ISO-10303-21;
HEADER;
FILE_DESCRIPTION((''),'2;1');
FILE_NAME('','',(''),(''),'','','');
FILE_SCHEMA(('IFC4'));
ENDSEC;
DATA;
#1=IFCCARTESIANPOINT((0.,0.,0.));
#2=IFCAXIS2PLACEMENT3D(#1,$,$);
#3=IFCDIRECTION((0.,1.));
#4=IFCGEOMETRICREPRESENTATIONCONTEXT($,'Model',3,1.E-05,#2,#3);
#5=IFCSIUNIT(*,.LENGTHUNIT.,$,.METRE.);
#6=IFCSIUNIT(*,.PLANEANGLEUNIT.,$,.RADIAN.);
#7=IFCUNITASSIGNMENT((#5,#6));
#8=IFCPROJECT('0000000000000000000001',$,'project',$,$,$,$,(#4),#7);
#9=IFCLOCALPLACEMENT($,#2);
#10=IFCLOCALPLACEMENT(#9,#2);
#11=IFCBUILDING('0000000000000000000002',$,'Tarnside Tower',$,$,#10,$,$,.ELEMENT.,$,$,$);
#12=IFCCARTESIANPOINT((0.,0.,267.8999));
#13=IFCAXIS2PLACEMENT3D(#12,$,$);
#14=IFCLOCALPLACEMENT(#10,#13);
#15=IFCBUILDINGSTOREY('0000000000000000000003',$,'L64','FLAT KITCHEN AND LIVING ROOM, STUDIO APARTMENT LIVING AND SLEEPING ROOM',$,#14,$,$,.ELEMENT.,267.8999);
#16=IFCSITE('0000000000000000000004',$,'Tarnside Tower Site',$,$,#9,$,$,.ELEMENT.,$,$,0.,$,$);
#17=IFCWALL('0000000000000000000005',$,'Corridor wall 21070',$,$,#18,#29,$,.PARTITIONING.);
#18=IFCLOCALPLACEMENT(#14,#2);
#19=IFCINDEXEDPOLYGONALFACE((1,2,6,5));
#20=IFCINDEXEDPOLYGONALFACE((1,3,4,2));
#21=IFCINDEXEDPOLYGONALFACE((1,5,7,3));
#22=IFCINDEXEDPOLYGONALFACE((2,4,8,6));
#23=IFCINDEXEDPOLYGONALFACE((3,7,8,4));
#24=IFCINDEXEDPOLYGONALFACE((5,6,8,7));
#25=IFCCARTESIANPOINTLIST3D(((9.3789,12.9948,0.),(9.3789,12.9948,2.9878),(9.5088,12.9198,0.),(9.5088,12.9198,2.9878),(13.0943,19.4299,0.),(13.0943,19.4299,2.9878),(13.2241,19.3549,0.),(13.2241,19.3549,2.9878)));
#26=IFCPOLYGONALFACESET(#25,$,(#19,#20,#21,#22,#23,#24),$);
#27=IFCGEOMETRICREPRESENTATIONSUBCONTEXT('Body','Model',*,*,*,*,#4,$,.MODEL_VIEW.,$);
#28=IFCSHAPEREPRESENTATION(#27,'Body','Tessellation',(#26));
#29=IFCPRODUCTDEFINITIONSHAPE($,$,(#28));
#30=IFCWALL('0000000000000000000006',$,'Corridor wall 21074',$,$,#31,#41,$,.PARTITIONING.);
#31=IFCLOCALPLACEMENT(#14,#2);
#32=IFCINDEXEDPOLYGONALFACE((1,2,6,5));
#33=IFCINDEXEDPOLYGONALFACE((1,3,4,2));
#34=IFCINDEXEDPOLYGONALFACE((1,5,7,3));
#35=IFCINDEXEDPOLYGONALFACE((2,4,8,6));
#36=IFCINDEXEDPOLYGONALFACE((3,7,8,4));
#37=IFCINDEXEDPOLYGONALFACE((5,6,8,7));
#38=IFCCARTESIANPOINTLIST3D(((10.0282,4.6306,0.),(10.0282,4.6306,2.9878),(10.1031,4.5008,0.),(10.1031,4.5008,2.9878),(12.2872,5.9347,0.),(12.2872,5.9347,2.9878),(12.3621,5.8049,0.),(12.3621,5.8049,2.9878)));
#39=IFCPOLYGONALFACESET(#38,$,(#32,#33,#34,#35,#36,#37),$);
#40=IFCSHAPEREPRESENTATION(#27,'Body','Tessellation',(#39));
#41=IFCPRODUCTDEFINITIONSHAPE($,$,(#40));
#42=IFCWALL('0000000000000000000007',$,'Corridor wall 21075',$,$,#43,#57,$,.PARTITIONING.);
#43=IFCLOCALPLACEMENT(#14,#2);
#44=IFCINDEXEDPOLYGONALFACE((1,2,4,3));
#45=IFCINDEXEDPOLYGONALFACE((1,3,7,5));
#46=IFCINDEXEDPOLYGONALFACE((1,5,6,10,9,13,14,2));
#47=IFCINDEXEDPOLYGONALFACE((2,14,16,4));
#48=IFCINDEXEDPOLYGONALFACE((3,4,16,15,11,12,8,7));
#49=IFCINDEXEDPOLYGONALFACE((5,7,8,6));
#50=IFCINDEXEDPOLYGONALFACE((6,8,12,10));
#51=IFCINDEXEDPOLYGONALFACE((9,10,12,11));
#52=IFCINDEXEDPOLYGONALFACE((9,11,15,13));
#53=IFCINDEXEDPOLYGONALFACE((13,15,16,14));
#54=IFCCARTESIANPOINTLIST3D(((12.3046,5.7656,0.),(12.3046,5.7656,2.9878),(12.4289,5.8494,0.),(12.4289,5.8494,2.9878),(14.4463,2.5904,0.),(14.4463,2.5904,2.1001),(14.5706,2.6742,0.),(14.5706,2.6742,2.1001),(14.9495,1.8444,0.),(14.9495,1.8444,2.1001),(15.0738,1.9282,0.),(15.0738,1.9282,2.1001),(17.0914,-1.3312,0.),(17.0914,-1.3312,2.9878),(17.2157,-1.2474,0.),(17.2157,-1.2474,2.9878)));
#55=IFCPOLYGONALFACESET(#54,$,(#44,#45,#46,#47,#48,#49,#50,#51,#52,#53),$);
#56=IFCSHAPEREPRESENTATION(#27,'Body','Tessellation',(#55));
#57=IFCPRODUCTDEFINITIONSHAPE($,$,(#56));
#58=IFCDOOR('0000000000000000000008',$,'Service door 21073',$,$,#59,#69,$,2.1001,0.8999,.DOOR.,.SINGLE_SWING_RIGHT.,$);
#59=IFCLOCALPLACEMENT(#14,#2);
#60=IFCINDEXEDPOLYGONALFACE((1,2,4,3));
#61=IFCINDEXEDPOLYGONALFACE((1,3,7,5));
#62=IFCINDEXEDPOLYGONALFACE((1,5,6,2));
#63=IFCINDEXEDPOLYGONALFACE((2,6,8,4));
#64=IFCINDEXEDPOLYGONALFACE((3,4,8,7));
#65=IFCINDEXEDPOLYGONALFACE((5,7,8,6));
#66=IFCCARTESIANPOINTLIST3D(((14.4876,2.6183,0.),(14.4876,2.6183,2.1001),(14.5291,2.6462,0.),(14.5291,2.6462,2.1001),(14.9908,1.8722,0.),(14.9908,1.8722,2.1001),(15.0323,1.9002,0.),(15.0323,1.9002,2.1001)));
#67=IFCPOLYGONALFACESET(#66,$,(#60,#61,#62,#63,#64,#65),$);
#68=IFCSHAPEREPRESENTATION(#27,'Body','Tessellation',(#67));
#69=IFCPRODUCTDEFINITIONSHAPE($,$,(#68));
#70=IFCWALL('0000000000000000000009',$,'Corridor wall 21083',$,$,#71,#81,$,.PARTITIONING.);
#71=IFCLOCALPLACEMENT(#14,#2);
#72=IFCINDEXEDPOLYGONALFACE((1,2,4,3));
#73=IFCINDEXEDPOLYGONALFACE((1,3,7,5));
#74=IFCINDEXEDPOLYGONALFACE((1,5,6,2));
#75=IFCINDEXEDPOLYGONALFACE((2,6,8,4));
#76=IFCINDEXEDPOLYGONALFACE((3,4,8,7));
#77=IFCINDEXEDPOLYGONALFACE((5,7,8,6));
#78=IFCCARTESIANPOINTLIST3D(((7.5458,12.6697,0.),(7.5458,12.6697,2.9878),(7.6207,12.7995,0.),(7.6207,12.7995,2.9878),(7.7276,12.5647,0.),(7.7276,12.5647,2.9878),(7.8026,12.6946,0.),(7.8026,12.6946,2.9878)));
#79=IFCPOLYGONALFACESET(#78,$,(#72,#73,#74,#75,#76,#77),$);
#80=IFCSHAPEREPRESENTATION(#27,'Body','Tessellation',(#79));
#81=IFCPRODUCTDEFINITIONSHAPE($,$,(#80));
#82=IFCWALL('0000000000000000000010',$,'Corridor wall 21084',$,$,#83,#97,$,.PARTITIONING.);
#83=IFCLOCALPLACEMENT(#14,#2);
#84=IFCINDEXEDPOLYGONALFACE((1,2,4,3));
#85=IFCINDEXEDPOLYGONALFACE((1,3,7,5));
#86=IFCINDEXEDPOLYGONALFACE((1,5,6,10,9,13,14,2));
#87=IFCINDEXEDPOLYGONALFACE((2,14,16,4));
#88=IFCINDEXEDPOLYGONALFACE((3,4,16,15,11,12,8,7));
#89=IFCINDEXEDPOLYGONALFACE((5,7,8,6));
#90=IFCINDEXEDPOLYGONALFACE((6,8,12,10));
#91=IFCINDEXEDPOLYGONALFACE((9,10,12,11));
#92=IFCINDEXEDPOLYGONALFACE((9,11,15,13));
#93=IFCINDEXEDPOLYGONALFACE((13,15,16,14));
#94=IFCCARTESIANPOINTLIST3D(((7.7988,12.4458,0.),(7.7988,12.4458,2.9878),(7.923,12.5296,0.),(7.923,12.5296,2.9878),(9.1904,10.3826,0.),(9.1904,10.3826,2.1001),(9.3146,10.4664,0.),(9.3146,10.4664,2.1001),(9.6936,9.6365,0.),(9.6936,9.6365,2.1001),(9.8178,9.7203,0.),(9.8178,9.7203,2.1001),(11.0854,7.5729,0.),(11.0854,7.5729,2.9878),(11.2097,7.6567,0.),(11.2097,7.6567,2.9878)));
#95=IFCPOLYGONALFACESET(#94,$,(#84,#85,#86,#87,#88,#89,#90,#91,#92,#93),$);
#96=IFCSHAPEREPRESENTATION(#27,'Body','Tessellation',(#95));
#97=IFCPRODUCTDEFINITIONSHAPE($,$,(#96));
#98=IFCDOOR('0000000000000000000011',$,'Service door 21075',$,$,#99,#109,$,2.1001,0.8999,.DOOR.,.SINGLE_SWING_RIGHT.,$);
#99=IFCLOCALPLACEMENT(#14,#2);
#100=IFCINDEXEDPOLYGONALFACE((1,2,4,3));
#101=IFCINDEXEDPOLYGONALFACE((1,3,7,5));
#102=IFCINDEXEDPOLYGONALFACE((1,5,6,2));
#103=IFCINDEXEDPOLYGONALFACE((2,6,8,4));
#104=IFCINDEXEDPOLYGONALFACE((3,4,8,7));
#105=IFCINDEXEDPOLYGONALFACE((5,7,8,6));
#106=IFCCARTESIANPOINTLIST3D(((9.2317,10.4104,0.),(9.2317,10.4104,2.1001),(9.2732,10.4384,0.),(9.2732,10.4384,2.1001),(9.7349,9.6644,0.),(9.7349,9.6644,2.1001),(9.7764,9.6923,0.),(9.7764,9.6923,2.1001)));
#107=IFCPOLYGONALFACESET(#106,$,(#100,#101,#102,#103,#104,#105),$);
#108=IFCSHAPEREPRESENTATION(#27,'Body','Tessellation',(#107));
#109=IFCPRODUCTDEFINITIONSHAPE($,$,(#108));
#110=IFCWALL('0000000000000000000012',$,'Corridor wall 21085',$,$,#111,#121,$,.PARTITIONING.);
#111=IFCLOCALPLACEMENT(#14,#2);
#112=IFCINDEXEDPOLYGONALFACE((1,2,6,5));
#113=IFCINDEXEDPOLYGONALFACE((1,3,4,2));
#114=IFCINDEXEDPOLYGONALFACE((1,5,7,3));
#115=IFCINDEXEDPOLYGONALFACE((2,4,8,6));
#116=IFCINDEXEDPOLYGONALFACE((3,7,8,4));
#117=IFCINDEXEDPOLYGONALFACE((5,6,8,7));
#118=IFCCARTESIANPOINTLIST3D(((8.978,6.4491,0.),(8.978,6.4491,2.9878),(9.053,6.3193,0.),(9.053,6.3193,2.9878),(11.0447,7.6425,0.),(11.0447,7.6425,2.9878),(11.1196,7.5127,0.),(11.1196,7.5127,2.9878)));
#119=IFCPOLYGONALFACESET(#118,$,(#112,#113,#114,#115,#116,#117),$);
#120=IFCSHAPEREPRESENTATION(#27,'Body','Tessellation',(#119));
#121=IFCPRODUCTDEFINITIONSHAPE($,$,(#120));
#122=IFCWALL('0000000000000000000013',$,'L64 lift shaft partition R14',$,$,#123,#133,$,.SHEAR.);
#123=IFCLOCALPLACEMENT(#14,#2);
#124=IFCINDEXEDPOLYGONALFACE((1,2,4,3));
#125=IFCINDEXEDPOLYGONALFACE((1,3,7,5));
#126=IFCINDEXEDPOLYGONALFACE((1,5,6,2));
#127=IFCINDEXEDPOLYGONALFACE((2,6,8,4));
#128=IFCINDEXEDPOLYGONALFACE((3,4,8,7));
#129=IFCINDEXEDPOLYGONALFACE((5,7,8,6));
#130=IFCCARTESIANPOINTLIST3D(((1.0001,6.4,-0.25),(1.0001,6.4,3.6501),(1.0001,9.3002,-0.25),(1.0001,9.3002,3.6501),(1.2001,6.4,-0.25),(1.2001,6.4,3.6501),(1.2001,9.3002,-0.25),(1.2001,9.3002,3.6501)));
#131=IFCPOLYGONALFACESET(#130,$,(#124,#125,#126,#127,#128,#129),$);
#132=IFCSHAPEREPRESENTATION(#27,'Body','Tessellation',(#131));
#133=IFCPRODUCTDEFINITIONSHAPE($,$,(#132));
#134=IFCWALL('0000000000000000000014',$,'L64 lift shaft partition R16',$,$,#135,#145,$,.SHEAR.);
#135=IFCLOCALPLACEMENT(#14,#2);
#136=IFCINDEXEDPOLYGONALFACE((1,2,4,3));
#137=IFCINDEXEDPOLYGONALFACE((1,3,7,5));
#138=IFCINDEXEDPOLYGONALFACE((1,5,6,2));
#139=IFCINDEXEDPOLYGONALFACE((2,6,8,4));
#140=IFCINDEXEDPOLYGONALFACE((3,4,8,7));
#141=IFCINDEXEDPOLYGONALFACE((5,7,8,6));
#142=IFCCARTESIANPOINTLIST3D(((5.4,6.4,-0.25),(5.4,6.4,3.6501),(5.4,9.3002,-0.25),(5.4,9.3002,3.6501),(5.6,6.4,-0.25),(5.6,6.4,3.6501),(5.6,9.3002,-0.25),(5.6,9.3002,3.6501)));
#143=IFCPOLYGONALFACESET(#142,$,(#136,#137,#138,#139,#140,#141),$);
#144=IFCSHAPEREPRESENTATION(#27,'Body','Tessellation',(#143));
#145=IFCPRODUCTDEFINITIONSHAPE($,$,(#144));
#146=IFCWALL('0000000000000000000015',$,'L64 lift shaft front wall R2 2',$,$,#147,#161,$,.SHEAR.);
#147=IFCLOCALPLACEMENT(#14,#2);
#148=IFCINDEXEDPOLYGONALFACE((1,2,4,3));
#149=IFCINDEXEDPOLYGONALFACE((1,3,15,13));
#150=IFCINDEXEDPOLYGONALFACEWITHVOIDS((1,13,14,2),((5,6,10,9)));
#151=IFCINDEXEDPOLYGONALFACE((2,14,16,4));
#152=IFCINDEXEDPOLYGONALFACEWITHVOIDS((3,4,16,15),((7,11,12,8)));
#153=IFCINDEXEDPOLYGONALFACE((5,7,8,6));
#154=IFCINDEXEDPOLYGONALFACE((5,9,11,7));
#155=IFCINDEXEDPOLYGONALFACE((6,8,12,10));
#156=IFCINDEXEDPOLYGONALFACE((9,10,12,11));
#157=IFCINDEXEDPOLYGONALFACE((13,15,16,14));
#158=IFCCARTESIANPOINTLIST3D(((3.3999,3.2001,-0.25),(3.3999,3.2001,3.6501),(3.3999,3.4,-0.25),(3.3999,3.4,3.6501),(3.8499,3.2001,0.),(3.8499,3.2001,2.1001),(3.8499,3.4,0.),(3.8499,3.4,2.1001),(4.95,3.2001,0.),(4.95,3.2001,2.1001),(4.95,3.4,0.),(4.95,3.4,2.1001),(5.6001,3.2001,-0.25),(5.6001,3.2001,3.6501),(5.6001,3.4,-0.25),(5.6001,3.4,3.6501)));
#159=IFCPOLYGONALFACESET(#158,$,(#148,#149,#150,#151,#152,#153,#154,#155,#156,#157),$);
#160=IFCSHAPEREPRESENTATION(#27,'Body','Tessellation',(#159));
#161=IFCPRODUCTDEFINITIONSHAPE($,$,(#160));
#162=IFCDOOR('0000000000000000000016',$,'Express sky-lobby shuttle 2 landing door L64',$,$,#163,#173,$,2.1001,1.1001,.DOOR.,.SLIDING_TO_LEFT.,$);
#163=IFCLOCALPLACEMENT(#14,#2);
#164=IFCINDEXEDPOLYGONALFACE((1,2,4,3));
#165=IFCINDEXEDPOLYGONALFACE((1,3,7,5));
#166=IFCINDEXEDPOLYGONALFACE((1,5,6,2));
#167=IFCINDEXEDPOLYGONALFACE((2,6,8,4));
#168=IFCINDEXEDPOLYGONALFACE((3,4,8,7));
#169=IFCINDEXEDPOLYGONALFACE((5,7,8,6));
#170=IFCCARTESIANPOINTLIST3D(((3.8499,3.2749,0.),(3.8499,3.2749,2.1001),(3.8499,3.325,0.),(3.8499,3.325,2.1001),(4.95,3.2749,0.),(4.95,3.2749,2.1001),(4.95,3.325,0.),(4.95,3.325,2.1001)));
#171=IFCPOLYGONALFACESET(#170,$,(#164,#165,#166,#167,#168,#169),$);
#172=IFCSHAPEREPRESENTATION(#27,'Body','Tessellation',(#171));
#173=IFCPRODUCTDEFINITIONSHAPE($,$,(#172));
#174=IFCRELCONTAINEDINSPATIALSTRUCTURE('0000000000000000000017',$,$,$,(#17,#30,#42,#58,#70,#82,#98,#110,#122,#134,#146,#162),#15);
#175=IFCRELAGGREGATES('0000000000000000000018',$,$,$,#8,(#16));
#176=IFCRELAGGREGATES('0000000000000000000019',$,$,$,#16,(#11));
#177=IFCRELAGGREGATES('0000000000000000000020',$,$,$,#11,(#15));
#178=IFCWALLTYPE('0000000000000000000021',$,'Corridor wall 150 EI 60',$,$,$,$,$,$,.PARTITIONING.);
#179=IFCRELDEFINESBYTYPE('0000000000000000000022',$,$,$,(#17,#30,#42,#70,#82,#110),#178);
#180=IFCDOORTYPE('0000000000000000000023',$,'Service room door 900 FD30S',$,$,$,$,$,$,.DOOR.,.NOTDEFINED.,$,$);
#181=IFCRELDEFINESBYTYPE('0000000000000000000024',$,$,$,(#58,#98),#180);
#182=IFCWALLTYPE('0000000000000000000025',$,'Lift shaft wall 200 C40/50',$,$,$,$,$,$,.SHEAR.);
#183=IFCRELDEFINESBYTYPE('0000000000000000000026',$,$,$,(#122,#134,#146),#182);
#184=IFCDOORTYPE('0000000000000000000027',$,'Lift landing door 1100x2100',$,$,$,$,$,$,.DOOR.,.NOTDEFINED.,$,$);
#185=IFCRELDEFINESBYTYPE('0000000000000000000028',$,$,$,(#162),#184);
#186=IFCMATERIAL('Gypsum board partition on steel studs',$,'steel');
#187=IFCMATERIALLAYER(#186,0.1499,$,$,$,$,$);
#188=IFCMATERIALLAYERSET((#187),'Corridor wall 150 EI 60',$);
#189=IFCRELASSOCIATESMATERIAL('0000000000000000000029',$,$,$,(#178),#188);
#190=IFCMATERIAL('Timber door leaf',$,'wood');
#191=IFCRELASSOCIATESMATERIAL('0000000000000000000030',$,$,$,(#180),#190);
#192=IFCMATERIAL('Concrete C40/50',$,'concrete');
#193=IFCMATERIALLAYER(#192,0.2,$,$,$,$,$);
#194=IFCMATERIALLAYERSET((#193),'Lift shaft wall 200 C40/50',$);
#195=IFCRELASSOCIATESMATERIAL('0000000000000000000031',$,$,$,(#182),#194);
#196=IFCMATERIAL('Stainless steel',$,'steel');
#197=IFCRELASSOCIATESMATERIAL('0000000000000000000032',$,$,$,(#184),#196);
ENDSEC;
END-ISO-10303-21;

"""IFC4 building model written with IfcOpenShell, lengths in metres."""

from ifc_helpers import new_model, si_unit, direction, frame, frame_2d, origin, place, context, subcontext, project, spatial, rectangle, extrude, material, layer, layer_set, type_object, element, fill, save


model = new_model("IFC4")

# Units and contexts
model_context = context("Model", 3, precision=1e-05, world=origin(), true_north=direction((0.0, 1.0)))
body_context = subcontext(model_context, "Body", "Model", "MODEL_VIEW")
ifc_project = project(units=[si_unit("LENGTHUNIT", "METRE"), si_unit("PLANEANGLEUNIT", "RADIAN")], contexts=[model_context])

# Site, building, storey
site_placement = place(None, origin())
site = spatial("IfcSite", under=ifc_project, at=site_placement, Name="Tarnside Tower Site", CompositionType="ELEMENT", RefElevation=0.0)
building_placement = place(site_placement, origin())
building = spatial("IfcBuilding", under=site, at=building_placement, Name="Tarnside Tower", CompositionType="ELEMENT")
storey_placement = place(building_placement, frame((0.0, 0.0, 267.8999)))
storey = spatial("IfcBuildingStorey", under=building, at=storey_placement, Name="L64", Description="FLAT KITCHEN AND LIVING ROOM, STUDIO APARTMENT LIVING AND SLEEPING ROOM", CompositionType="ELEMENT", Elevation=267.8999)

# Shared definitions
ifc_material_1 = material(Name="Concrete C40/50", Category="concrete")

# Shared definitions
ifc_material_2 = material(Name="Gypsum board partition on steel studs", Category="steel")

# Shared definitions
ifc_layer_1 = layer(ifc_material_2, 0.1499)
ifc_layer_set_1 = layer_set([ifc_layer_1], Name="Corridor wall 150 EI 60")
wall_type_1 = type_object("IfcWallType", Name="Corridor wall 150 EI 60", PredefinedType="PARTITIONING", material=ifc_layer_set_1)
ifc_material_3 = material(Name="Timber door leaf", Category="wood")

# Walls
wall_1_placement = place(storey_placement, frame((9.4438, 12.9573, 0.0), z_axis=(0.0, 0.0, 1.0), x_axis=(0.500005, 0.866023, 0.0)))
element("IfcWall", 1, at=wall_1_placement, inside=storey, type_object=wall_type_1, Name="Corridor wall 21070", PredefinedType="PARTITIONING", context=body_context, shape_type="SweptSolid", body=[
    extrude(rectangle(XDim=7.4307, YDim=0.1499, at=frame_2d((3.7153, 0.0))), origin(), (0.0, 0.0, 1.0), 2.9878),
])
wall_2_placement = place(storey_placement, frame((10.0657, 4.5657, 0.0), z_axis=(0.0, 0.0, 1.0), x_axis=(0.866034, 0.499984, 0.0)))
element("IfcWall", 2, at=wall_2_placement, inside=storey, type_object=wall_type_1, Name="Corridor wall 21074", PredefinedType="PARTITIONING", context=body_context, shape_type="SweptSolid", body=[
    extrude(rectangle(XDim=2.6084, YDim=0.1499, at=frame_2d((1.3042, 0.0))), origin(), (0.0, 0.0, 1.0), 2.9878),
])

# Wall, opening, door
wall_3_placement = place(storey_placement, frame((12.3667, 5.8076, 0.0), z_axis=(0.0, 0.0, 1.0), x_axis=(0.559187, -0.829041, 0.0)))
wall_3 = element("IfcWall", 3, at=wall_3_placement, inside=storey, type_object=wall_type_1, Name="Corridor wall 21075", PredefinedType="PARTITIONING", context=body_context, shape_type="SweptSolid", body=[
    extrude(rectangle(XDim=8.5603, YDim=0.1499, at=frame_2d((4.2803, 0.0))), origin(), (0.0, 0.0, 1.0), 2.9878),
])
opening_1_placement = place(wall_3_placement, frame((3.8301, 0.0, 0.0)))
opening_1 = element("IfcOpeningElement", 4, at=opening_1_placement, cuts=wall_3, PredefinedType="OPENING", context=body_context, shape_type="SweptSolid", body=[
    extrude(rectangle(XDim=0.8999, YDim=2.1001, at=frame_2d((0.45, 1.05))), frame((0.0, 0.085, 0.0), z_axis=(0.0, -1.0, 0.0), x_axis=(1.0, 0.0, 0.0)), (0.0, 0.0, 1.0), 0.1699),
])
door_type_1 = type_object("IfcDoorType", Name="Service room door 900 FD30S", OperationType="NOTDEFINED", PredefinedType="DOOR", material=ifc_material_3)
door_1_placement = place(opening_1_placement, origin())
door_1 = element("IfcDoor", 5, at=door_1_placement, inside=storey, type_object=door_type_1, Name="Service door 21073", OperationType="SINGLE_SWING_RIGHT", OverallHeight=2.1001, OverallWidth=0.8999, PredefinedType="DOOR", context=body_context, shape_type="SweptSolid", body=[
    extrude(rectangle(XDim=0.8999, YDim=2.1001, at=frame_2d((0.45, 1.05))), frame((0.0, 0.0249, 0.0), z_axis=(0.0, -1.0, 0.0), x_axis=(1.0, 0.0, 0.0)), (0.0, 0.0, 1.0), 0.05),
])
fill(opening_1, door_1)

# Wall
wall_4_placement = place(storey_placement, frame((7.5833, 12.7346, 0.0), z_axis=(0.0, 0.0, 1.0), x_axis=(0.866089, -0.49989, 0.0)))
element("IfcWall", 6, at=wall_4_placement, inside=storey, type_object=wall_type_1, Name="Corridor wall 21083", PredefinedType="PARTITIONING", context=body_context, shape_type="SweptSolid", body=[
    extrude(rectangle(XDim=0.21, YDim=0.1499, at=frame_2d((0.105, 0.0))), origin(), (0.0, 0.0, 1.0), 2.9878),
])

# Wall, opening, door
wall_5_placement = place(storey_placement, frame((7.8608, 12.4878, 0.0), z_axis=(0.0, 0.0, 1.0), x_axis=(0.559178, -0.829047, 0.0)))
wall_5 = element("IfcWall", 7, at=wall_5_placement, inside=storey, type_object=wall_type_1, Name="Corridor wall 21084", PredefinedType="PARTITIONING", context=body_context, shape_type="SweptSolid", body=[
    extrude(rectangle(XDim=5.8777, YDim=0.1499, at=frame_2d((2.939, 0.0))), origin(), (0.0, 0.0, 1.0), 2.9878),
])
opening_2_placement = place(wall_5_placement, frame((2.4888, 0.0, 0.0)))
opening_2 = element("IfcOpeningElement", 8, at=opening_2_placement, cuts=wall_5, PredefinedType="OPENING", context=body_context, shape_type="SweptSolid", body=[
    extrude(rectangle(XDim=0.8999, YDim=2.1001, at=frame_2d((0.45, 1.05))), frame((0.0, 0.085, 0.0), z_axis=(0.0, -1.0, 0.0), x_axis=(1.0, 0.0, 0.0)), (0.0, 0.0, 1.0), 0.1699),
])
door_2_placement = place(opening_2_placement, origin())
door_2 = element("IfcDoor", 9, at=door_2_placement, inside=storey, type_object=door_type_1, Name="Service door 21075", OperationType="SINGLE_SWING_RIGHT", OverallHeight=2.1001, OverallWidth=0.8999, PredefinedType="DOOR", context=body_context, shape_type="SweptSolid", body=[
    extrude(rectangle(XDim=0.8999, YDim=2.1001, at=frame_2d((0.45, 1.05))), frame((0.0, 0.0249, 0.0), z_axis=(0.0, -1.0, 0.0), x_axis=(1.0, 0.0, 0.0)), (0.0, 0.0, 1.0), 0.05),
])
fill(opening_2, door_2)

# Walls
wall_6_placement = place(storey_placement, frame((11.0823, 7.5776, 0.0), z_axis=(0.0, 0.0, 1.0), x_axis=(-0.865993, -0.500056, 0.0)))
element("IfcWall", 10, at=wall_6_placement, inside=storey, type_object=wall_type_1, Name="Corridor wall 21085", PredefinedType="PARTITIONING", context=body_context, shape_type="SweptSolid", body=[
    extrude(rectangle(XDim=2.3865, YDim=0.1499, at=frame_2d((1.1934, 0.0))), origin(), (0.0, 0.0, 1.0), 2.9878),
])
ifc_layer_2 = layer(ifc_material_1, 0.2)
ifc_layer_set_2 = layer_set([ifc_layer_2], Name="Lift shaft wall 200 C40/50")
wall_type_2 = type_object("IfcWallType", Name="Lift shaft wall 200 C40/50", PredefinedType="SHEAR", material=ifc_layer_set_2)
for number, where, z_axis, x_axis, name in (
    (11, (1.1001, 6.3999, -0.25), (0.0, 0.0, 1.0), (0.0, 1.0, 0.0), "L64 lift shaft partition R14"),
    (12, (5.5, 6.3999, -0.25), (0.0, 0.0, 1.0), (0.0, 1.0, 0.0), "L64 lift shaft partition R16"),
):
    element("IfcWall", number, at=place(storey_placement, frame(where, z_axis=z_axis, x_axis=x_axis)), inside=storey, type_object=wall_type_2, Name=name, PredefinedType="SHEAR", context=body_context, shape_type="SweptSolid", body=[
        extrude(rectangle(XDim=2.9001, YDim=0.2, at=frame_2d((1.4502, 0.0))), origin(), (0.0, 0.0, 1.0), 3.9001),
    ])

# Wall, opening, door
wall_7_placement = place(storey_placement, frame((3.3999, 3.3, -0.25), z_axis=(0.0, 0.0, 1.0), x_axis=(1.0, 0.0, 0.0)))
wall_7 = element("IfcWall", 13, at=wall_7_placement, inside=storey, type_object=wall_type_2, Name="L64 lift shaft front wall R2 2", PredefinedType="SHEAR", context=body_context, shape_type="SweptSolid", body=[
    extrude(rectangle(XDim=2.2002, YDim=0.2, at=frame_2d((1.1001, 0.0))), origin(), (0.0, 0.0, 1.0), 3.9001),
])
opening_3_placement = place(wall_7_placement, frame((0.45, 0.0, 0.25)))
opening_3 = element("IfcOpeningElement", 14, at=opening_3_placement, cuts=wall_7, PredefinedType="OPENING", context=body_context, shape_type="SweptSolid", body=[
    extrude(rectangle(XDim=1.1001, YDim=2.1001, at=frame_2d((0.55, 1.05))), frame((0.0, 0.1099, 0.0), z_axis=(0.0, -1.0, 0.0), x_axis=(1.0, 0.0, 0.0)), (0.0, 0.0, 1.0), 0.22),
])
ifc_material_4 = material(Name="Stainless steel", Category="steel")
door_type_2 = type_object("IfcDoorType", Name="Lift landing door 1100x2100", OperationType="NOTDEFINED", PredefinedType="DOOR", material=ifc_material_4)
door_3_placement = place(opening_3_placement, origin())
door_3 = element("IfcDoor", 15, at=door_3_placement, inside=storey, type_object=door_type_2, Name="Express sky-lobby shuttle 2 landing door L64", OperationType="SLIDING_TO_LEFT", OverallHeight=2.1001, OverallWidth=1.1001, PredefinedType="DOOR", context=body_context, shape_type="SweptSolid", body=[
    extrude(rectangle(XDim=1.1001, YDim=2.1001, at=frame_2d((0.55, 1.05))), frame((0.0, 0.0249, 0.0), z_axis=(0.0, -1.0, 0.0), x_axis=(1.0, 0.0, 0.0)), (0.0, 0.0, 1.0), 0.05),
])
fill(opening_3, door_3)

save(model, "model.ifc")
